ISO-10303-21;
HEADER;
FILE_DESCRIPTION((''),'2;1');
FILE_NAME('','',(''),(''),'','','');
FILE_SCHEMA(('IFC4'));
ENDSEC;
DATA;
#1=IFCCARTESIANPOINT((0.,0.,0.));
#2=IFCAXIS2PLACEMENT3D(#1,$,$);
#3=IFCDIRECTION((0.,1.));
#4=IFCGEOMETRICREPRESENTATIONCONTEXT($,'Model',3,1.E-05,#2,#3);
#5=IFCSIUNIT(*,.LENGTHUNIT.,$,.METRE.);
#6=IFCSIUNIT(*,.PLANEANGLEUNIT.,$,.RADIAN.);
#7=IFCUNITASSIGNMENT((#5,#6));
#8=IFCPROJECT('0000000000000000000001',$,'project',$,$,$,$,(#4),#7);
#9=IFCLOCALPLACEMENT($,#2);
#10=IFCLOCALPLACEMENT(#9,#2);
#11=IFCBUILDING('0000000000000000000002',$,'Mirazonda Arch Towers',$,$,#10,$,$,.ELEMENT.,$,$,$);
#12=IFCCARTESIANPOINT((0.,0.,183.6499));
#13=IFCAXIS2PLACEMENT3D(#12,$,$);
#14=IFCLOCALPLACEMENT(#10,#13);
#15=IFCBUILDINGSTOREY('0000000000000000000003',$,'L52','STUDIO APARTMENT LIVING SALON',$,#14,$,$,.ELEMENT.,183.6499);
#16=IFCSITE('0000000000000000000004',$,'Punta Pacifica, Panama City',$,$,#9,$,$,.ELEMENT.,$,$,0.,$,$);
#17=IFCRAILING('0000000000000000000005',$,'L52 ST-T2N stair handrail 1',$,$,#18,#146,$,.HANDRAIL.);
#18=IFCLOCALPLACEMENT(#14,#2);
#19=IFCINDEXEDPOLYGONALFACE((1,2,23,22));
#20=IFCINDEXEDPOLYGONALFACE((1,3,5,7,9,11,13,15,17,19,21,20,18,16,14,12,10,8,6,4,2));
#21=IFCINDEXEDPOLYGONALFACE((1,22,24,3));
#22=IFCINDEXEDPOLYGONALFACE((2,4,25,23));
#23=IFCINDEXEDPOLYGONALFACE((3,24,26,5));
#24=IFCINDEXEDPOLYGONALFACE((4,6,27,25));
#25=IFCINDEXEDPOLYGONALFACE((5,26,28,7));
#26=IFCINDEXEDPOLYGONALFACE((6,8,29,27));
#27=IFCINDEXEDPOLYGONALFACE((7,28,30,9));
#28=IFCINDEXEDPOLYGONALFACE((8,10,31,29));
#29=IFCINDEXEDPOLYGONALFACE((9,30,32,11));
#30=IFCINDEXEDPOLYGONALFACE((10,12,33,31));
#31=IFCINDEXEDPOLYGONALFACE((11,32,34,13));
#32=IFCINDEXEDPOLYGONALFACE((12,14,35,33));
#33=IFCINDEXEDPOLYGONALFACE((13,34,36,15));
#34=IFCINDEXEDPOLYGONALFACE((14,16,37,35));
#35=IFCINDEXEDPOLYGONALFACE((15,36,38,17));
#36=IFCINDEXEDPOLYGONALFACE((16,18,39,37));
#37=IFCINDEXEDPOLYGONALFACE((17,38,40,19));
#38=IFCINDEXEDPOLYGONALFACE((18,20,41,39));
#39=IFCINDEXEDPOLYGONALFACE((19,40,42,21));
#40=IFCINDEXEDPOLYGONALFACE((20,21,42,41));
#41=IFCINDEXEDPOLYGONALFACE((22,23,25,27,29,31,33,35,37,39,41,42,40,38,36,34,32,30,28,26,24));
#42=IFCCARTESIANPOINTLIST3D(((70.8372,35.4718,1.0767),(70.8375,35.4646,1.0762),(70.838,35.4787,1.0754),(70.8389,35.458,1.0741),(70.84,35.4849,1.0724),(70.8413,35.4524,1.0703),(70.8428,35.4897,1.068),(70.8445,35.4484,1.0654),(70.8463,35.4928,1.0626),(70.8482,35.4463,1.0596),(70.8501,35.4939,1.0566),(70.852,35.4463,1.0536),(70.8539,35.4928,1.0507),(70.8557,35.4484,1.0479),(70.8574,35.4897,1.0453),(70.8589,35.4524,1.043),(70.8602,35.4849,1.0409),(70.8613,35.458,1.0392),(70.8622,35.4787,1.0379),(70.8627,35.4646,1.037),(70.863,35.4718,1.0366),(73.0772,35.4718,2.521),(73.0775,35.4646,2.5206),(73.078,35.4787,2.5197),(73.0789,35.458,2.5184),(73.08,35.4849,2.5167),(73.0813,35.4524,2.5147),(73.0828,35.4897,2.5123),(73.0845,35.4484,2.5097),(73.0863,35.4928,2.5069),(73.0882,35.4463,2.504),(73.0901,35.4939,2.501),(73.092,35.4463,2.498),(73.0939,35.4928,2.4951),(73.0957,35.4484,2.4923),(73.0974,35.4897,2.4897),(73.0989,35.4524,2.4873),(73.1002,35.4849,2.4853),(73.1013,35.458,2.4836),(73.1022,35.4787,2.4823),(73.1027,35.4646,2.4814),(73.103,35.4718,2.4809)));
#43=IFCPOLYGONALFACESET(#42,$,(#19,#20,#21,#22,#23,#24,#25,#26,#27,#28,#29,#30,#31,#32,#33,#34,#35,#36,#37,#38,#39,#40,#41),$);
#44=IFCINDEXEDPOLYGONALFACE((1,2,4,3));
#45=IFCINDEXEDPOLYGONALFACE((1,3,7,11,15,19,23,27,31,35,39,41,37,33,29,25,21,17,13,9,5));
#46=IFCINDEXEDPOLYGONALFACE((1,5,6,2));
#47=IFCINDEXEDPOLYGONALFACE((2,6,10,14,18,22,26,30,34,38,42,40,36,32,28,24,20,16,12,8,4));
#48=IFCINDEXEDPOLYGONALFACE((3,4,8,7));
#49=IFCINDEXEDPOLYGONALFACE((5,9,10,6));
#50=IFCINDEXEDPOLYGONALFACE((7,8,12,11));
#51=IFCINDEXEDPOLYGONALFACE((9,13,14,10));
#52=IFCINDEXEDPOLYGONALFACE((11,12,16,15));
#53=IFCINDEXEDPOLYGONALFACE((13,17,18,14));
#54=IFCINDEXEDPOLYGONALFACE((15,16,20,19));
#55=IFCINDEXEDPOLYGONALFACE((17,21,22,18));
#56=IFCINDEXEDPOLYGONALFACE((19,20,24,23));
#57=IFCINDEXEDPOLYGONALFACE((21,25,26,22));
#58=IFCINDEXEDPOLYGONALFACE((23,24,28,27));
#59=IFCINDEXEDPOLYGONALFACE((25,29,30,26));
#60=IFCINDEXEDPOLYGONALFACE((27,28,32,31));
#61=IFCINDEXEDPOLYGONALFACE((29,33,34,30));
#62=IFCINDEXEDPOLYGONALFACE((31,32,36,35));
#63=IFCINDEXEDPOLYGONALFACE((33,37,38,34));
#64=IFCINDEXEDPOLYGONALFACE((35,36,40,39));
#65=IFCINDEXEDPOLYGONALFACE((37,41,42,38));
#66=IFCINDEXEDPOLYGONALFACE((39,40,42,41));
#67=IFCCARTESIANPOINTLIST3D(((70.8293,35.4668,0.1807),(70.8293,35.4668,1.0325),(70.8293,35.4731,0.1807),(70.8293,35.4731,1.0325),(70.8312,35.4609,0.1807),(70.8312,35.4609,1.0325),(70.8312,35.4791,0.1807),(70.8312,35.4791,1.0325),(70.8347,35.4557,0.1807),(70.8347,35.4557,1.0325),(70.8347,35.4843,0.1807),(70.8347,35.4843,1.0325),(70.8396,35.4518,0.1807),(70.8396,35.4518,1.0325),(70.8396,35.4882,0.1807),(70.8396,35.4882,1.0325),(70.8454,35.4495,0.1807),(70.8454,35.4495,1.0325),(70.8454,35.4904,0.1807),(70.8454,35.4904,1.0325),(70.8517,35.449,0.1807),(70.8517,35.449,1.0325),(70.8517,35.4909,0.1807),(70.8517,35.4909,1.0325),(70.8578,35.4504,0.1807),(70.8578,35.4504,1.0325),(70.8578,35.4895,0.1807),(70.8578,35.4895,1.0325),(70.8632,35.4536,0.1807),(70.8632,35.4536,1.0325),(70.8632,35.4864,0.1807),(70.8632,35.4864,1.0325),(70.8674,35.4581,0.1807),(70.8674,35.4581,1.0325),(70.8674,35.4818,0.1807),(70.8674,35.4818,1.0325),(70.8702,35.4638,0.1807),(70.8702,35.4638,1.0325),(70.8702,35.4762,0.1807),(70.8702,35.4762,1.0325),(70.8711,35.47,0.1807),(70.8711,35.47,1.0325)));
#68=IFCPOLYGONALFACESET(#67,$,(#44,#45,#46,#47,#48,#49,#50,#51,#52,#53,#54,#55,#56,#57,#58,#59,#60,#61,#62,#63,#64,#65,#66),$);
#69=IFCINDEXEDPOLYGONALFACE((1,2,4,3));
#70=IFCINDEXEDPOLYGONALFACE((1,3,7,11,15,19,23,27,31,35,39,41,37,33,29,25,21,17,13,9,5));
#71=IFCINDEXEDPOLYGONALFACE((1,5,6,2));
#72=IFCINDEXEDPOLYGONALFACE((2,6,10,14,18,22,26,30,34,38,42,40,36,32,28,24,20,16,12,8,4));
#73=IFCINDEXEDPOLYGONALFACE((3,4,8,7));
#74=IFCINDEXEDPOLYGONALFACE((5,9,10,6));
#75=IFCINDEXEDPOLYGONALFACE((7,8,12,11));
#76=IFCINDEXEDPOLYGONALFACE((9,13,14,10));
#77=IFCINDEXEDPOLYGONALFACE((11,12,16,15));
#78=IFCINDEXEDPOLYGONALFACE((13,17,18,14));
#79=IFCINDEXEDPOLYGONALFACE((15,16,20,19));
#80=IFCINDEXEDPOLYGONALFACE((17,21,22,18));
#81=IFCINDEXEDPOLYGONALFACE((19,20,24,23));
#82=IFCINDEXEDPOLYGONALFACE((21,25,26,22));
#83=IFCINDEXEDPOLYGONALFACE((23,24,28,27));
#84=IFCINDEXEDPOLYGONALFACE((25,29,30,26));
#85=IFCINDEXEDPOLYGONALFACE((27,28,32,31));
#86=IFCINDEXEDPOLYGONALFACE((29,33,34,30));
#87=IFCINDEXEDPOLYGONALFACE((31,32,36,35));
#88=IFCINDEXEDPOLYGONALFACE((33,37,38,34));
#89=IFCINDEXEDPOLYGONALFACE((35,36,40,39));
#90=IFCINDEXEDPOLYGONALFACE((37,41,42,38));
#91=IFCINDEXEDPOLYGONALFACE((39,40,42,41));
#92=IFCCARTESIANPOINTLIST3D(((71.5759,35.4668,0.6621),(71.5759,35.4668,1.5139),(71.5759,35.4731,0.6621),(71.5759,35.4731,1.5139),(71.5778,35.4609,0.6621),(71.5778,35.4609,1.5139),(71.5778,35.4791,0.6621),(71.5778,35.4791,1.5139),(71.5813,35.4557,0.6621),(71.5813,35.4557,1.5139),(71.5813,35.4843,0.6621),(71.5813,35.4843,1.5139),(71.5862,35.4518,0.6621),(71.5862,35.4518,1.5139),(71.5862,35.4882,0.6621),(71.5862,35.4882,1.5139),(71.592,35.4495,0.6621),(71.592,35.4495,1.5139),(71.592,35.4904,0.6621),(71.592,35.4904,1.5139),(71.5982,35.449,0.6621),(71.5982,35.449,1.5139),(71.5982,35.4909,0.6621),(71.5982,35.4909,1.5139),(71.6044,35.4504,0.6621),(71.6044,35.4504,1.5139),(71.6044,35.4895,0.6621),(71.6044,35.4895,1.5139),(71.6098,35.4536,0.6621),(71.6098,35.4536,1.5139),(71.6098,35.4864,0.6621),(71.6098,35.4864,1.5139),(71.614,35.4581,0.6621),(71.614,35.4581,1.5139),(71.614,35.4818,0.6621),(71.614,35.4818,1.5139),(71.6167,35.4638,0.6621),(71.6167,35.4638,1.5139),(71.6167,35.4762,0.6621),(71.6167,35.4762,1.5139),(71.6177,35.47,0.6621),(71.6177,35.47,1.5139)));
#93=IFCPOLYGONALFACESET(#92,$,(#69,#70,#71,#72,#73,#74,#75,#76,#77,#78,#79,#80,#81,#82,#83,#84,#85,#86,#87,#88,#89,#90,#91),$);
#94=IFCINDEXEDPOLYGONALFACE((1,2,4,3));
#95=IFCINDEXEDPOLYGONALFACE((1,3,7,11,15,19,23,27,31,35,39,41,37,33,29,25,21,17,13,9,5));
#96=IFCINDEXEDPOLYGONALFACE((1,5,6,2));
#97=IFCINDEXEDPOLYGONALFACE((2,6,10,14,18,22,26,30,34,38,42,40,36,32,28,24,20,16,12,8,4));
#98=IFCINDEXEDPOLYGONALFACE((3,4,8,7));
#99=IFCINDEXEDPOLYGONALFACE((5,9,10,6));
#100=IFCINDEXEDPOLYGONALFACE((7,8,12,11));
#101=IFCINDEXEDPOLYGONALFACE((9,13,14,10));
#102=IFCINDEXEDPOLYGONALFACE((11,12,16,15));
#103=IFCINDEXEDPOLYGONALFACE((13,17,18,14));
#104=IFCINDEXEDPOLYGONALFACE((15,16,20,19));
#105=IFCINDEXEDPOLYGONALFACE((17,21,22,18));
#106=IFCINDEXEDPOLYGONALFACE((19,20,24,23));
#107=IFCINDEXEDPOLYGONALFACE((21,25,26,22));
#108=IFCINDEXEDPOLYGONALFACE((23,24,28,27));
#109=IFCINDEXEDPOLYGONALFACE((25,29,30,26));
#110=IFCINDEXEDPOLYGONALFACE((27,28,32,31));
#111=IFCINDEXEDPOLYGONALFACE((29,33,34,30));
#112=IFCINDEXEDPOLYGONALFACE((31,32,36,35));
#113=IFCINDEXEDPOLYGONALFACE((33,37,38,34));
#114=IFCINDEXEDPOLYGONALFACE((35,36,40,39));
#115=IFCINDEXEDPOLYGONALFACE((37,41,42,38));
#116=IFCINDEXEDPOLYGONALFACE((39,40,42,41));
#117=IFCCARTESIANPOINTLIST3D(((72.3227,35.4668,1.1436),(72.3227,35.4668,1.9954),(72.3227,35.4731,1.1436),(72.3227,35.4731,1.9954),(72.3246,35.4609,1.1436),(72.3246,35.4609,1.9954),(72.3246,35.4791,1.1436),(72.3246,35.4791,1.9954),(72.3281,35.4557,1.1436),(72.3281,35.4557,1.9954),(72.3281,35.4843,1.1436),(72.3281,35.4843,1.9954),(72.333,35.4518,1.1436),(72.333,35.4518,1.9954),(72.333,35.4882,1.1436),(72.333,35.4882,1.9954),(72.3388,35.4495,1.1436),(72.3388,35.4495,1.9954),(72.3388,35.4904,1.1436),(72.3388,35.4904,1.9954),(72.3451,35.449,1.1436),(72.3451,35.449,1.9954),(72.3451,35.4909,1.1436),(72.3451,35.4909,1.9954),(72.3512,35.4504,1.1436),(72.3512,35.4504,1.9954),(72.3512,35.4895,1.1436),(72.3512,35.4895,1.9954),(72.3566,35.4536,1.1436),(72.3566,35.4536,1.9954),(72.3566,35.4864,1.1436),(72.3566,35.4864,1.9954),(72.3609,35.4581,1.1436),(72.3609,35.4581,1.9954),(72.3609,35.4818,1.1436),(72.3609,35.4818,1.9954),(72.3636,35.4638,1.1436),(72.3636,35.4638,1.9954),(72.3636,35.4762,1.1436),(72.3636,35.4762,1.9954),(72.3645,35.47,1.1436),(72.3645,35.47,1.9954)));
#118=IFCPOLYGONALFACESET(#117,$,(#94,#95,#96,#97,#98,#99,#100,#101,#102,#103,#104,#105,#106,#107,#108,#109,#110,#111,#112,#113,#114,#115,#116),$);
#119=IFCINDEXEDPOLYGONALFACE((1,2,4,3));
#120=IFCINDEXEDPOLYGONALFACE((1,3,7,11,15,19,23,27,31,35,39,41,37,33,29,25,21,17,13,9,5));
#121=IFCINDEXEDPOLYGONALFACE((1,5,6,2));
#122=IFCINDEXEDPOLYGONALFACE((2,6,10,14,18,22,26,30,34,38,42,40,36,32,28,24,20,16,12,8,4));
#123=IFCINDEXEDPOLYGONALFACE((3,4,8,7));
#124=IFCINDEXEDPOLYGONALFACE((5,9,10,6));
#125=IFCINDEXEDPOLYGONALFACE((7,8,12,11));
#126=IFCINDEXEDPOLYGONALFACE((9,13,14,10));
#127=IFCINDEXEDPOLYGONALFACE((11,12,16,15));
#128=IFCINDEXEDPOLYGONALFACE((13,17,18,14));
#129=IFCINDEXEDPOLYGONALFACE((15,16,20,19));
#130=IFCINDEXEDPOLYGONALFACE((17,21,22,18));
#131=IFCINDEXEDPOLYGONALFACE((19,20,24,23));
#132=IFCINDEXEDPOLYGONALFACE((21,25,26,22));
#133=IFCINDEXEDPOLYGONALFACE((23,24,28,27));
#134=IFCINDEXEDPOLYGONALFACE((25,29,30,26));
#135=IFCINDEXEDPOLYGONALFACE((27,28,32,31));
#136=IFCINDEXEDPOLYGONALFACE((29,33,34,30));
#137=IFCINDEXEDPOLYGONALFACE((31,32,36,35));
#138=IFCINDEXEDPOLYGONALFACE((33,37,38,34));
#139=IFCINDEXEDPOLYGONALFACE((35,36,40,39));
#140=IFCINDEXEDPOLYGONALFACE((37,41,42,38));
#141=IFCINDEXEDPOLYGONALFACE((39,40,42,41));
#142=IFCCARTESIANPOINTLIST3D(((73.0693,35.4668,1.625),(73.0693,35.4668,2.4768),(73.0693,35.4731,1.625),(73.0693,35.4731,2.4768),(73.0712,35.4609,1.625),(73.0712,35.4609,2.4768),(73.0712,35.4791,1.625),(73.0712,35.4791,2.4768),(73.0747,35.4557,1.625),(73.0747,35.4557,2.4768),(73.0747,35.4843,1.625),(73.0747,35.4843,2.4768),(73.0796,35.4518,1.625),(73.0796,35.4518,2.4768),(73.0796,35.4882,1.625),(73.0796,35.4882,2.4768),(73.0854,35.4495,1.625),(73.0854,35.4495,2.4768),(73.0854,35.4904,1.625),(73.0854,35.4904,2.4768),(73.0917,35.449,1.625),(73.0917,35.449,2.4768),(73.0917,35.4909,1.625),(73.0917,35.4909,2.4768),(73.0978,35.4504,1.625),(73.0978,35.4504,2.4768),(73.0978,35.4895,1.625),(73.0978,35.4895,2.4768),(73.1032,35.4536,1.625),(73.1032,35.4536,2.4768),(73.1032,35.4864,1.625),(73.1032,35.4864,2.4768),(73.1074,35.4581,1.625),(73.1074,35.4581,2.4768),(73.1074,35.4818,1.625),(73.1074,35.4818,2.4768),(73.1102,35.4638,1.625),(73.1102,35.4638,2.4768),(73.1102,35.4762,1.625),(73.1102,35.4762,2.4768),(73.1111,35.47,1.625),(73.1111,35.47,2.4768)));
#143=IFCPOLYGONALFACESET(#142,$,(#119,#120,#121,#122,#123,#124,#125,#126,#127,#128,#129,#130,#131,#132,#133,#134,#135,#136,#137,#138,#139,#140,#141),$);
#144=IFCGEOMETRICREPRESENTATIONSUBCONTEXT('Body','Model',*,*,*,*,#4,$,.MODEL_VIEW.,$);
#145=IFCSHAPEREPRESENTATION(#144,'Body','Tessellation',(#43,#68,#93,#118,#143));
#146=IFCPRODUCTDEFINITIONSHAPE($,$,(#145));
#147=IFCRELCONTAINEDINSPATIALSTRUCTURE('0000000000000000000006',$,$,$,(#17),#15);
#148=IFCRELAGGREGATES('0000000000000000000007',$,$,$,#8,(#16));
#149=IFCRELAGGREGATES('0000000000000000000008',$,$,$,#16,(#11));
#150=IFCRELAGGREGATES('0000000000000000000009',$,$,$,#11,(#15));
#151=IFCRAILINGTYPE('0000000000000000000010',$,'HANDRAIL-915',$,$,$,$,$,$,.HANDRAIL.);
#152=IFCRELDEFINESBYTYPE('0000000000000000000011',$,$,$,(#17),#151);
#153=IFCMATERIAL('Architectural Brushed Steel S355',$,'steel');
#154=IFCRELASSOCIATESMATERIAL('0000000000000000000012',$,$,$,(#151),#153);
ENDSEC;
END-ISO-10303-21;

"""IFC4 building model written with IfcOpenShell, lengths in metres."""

from ifc_helpers import new_model, si_unit, direction, frame, origin, origin_2d, place, context, subcontext, project, spatial, circle, extrude, material, type_object, element, save


model = new_model("IFC4")

# Units and contexts
model_context = context("Model", 3, precision=1e-05, world=origin(), true_north=direction((0.0, 1.0)))
body_context = subcontext(model_context, "Body", "Model", "MODEL_VIEW")
ifc_project = project(units=[si_unit("LENGTHUNIT", "METRE"), si_unit("PLANEANGLEUNIT", "RADIAN")], contexts=[model_context])

# Site, building, storey
site_placement = place(None, origin())
site = spatial("IfcSite", under=ifc_project, at=site_placement, Name="Punta Pacifica, Panama City", CompositionType="ELEMENT", RefElevation=0.0)
building_placement = place(site_placement, origin())
building = spatial("IfcBuilding", under=site, at=building_placement, Name="Mirazonda Arch Towers", CompositionType="ELEMENT")
storey_placement = place(building_placement, frame((0.0, 0.0, 183.6499)))
storey = spatial("IfcBuildingStorey", under=building, at=storey_placement, Name="L52", Description="STUDIO APARTMENT LIVING SALON", CompositionType="ELEMENT", Elevation=183.6499)

# Railing
ifc_material_1 = material(Name="Architectural Brushed Steel S355", Category="steel")
railing_type_1 = type_object("IfcRailingType", Name="HANDRAIL-915", PredefinedType="HANDRAIL", material=ifc_material_1)
railing_1_placement = place(storey_placement, frame((70.8501, 35.47, 0.1807)))
element("IfcRailing", 1, at=railing_1_placement, inside=storey, type_object=railing_type_1, Name="L52 ST-T2N stair handrail 1", PredefinedType="HANDRAIL", context=body_context, shape_type="SweptSolid", body=[
    extrude(circle(Radius=0.0239, at=origin_2d()), frame((0.0, 0.0, 0.876), z_axis=(0.840437, 0.0, 0.54191), x_axis=(0.0, 1.0, 0.0)), (0.0, 0.0, 1.0), 2.6653),
    extrude(circle(Radius=0.021, at=origin_2d()), origin(), (0.0, 0.0, 1.0), 0.8518),
    extrude(circle(Radius=0.021, at=origin_2d()), frame((0.7466, 0.0, 0.4814)), (0.0, 0.0, 1.0), 0.8518),
    extrude(circle(Radius=0.021, at=origin_2d()), frame((1.4934, 0.0, 0.9629)), (0.0, 0.0, 1.0), 0.8518),
    extrude(circle(Radius=0.021, at=origin_2d()), frame((2.24, 0.0, 1.4443)), (0.0, 0.0, 1.0), 0.8518),
])

save(model, "model.ifc")
